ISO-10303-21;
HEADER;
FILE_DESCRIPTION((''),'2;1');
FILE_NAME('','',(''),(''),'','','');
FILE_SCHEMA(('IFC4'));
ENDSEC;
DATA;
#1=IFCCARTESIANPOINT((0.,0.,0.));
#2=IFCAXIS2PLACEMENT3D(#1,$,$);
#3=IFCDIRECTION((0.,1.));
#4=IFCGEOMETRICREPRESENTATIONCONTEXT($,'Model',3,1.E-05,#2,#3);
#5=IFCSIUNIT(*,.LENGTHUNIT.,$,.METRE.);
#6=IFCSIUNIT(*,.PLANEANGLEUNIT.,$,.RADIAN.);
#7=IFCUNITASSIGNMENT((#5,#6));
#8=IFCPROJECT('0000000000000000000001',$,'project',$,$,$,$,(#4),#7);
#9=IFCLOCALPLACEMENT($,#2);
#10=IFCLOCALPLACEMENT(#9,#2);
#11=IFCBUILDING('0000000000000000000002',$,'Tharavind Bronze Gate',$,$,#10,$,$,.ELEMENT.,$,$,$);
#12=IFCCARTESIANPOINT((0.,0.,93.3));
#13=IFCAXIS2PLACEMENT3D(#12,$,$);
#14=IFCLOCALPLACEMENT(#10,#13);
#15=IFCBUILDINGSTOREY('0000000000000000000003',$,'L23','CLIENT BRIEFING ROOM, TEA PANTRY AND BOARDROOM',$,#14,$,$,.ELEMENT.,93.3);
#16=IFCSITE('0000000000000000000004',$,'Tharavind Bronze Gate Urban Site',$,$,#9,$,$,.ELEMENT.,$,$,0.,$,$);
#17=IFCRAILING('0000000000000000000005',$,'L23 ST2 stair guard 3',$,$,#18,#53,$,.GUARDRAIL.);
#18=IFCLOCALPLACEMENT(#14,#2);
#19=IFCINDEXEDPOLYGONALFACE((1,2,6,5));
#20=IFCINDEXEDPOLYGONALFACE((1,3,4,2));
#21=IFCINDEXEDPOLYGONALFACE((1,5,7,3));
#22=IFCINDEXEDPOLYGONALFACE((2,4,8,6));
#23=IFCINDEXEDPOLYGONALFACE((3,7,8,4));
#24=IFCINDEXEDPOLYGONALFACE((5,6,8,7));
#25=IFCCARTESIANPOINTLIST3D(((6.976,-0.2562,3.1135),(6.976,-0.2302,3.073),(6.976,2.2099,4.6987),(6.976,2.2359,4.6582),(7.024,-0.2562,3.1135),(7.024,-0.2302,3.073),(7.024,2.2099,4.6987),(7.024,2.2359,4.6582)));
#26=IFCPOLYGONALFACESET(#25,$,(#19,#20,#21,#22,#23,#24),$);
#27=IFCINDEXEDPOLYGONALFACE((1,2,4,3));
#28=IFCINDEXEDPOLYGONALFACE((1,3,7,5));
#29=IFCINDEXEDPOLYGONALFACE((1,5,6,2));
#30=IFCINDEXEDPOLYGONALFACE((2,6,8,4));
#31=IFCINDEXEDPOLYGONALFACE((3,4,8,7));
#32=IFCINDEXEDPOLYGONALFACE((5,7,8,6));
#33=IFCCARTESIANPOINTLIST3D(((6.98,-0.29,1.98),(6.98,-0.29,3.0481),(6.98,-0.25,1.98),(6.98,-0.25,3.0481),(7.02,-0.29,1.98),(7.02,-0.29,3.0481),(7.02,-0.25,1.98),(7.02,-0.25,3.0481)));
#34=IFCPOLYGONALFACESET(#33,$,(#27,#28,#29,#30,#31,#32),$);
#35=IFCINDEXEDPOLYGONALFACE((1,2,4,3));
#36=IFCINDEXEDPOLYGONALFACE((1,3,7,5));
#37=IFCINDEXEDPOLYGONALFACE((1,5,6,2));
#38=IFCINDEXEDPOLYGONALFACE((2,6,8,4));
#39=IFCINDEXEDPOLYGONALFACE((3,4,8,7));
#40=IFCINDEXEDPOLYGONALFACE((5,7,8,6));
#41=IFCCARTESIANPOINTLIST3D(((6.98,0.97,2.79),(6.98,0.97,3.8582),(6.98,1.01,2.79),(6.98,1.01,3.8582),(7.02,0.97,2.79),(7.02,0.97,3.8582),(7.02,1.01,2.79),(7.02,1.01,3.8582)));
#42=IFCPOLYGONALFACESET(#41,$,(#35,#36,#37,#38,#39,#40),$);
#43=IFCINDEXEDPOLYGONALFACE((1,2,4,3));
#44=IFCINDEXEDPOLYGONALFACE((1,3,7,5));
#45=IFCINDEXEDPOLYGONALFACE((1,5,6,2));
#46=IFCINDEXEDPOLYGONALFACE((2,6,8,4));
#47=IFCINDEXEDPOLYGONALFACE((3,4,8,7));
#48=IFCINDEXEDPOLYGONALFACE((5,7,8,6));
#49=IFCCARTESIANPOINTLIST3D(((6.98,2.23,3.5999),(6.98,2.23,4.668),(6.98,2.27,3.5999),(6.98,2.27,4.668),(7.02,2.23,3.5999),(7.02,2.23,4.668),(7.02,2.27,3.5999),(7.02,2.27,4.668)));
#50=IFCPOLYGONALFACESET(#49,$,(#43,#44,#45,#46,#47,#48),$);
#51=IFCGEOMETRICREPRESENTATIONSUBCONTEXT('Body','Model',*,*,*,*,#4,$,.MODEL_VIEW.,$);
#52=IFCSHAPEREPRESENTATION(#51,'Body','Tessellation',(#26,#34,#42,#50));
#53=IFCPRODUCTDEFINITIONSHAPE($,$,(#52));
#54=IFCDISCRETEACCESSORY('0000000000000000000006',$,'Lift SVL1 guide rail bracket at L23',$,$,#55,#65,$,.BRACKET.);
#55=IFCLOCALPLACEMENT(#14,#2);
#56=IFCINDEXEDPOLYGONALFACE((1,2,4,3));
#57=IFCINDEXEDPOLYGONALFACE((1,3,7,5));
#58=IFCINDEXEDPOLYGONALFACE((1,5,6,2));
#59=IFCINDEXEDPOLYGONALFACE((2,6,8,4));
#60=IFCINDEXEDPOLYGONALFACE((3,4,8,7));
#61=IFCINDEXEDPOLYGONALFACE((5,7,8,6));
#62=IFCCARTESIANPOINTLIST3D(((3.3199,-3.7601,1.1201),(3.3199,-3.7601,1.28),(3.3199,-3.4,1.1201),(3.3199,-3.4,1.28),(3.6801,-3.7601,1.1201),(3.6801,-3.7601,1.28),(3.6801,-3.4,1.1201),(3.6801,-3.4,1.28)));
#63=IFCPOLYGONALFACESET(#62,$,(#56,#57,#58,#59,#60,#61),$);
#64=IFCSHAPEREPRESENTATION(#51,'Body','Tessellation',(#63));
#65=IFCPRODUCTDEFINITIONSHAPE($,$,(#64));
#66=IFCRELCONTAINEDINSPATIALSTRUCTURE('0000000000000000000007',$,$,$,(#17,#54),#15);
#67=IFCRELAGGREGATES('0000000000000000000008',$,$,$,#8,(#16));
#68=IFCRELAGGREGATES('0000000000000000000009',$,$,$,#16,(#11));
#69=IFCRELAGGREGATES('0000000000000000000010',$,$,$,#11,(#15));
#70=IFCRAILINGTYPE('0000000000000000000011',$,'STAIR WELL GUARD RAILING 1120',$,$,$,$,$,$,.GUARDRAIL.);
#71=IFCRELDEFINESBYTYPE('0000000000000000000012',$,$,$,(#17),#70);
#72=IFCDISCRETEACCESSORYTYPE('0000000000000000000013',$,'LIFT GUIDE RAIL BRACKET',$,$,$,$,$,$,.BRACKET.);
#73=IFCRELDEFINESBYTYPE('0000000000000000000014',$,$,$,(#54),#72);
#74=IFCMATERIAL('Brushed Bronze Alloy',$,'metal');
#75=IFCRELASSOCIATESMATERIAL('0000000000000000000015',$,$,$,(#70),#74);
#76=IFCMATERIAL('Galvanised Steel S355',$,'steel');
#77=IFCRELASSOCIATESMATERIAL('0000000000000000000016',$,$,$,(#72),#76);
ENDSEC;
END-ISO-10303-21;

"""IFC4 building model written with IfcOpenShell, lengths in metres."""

from ifc_helpers import new_model, si_unit, direction, frame, origin, origin_2d, place, context, subcontext, project, spatial, rectangle, extrude, material, type_object, element, save


model = new_model("IFC4")

# Units and contexts
model_context = context("Model", 3, precision=1e-05, world=origin(), true_north=direction((0.0, 1.0)))
body_context = subcontext(model_context, "Body", "Model", "MODEL_VIEW")
ifc_project = project(units=[si_unit("LENGTHUNIT", "METRE"), si_unit("PLANEANGLEUNIT", "RADIAN")], contexts=[model_context])

# Site, building, storey
site_placement = place(None, origin())
site = spatial("IfcSite", under=ifc_project, at=site_placement, Name="Tharavind Bronze Gate Urban Site", CompositionType="ELEMENT", RefElevation=0.0)
building_placement = place(site_placement, origin())
building = spatial("IfcBuilding", under=site, at=building_placement, Name="Tharavind Bronze Gate", CompositionType="ELEMENT")
storey_placement = place(building_placement, frame((0.0, 0.0, 93.3)))
storey = spatial("IfcBuildingStorey", under=building, at=storey_placement, Name="L23", Description="CLIENT BRIEFING ROOM, TEA PANTRY AND BOARDROOM", CompositionType="ELEMENT", Elevation=93.3)

# Railing
ifc_material_1 = material(Name="Brushed Bronze Alloy", Category="metal")
railing_type = type_object("IfcRailingType", Name="STAIR WELL GUARD RAILING 1120", PredefinedType="GUARDRAIL", material=ifc_material_1)
railing_1_placement = place(storey_placement, frame((7.0, -0.27, 1.98)))
element("IfcRailing", 1, at=railing_1_placement, inside=storey, type_object=railing_type, Name="L23 ST2 stair guard 3", PredefinedType="GUARDRAIL", context=body_context, shape_type="SweptSolid", body=[
    extrude(rectangle(XDim=0.0481, YDim=0.0481, at=origin_2d()), frame((0.0, 0.0269, 1.1133), z_axis=(0.0, 0.8412, 0.540725), x_axis=(-1.0, 0.0, 0.0)), (0.0, 0.0, 1.0), 2.9316),
    extrude(rectangle(XDim=0.04, YDim=0.04, at=origin_2d()), origin(), (0.0, 0.0, 1.0), 1.0681),
    extrude(rectangle(XDim=0.04, YDim=0.04, at=origin_2d()), frame((0.0, 1.26, 0.8101)), (0.0, 0.0, 1.0), 1.0681),
    extrude(rectangle(XDim=0.04, YDim=0.04, at=origin_2d()), frame((0.0, 2.52, 1.6199)), (0.0, 0.0, 1.0), 1.0681),
])

# Discrete accessory
ifc_material_2 = material(Name="Galvanised Steel S355", Category="steel")
discrete_accessory_type = type_object("IfcDiscreteAccessoryType", Name="LIFT GUIDE RAIL BRACKET", PredefinedType="BRACKET", material=ifc_material_2)
discrete_accessory_placement = place(storey_placement, frame((3.5, -3.5801, 1.1201), z_axis=(0.0, 0.0, 1.0), x_axis=(1.0, 0.0, 0.0)))
element("IfcDiscreteAccessory", 2, at=discrete_accessory_placement, inside=storey, type_object=discrete_accessory_type, Name="Lift SVL1 guide rail bracket at L23", PredefinedType="BRACKET", context=body_context, shape_type="SweptSolid", body=[
    extrude(rectangle(XDim=0.3601, YDim=0.3601, at=origin_2d()), origin(), (0.0, 0.0, 1.0), 0.1599),
])

save(model, "model.ifc")
